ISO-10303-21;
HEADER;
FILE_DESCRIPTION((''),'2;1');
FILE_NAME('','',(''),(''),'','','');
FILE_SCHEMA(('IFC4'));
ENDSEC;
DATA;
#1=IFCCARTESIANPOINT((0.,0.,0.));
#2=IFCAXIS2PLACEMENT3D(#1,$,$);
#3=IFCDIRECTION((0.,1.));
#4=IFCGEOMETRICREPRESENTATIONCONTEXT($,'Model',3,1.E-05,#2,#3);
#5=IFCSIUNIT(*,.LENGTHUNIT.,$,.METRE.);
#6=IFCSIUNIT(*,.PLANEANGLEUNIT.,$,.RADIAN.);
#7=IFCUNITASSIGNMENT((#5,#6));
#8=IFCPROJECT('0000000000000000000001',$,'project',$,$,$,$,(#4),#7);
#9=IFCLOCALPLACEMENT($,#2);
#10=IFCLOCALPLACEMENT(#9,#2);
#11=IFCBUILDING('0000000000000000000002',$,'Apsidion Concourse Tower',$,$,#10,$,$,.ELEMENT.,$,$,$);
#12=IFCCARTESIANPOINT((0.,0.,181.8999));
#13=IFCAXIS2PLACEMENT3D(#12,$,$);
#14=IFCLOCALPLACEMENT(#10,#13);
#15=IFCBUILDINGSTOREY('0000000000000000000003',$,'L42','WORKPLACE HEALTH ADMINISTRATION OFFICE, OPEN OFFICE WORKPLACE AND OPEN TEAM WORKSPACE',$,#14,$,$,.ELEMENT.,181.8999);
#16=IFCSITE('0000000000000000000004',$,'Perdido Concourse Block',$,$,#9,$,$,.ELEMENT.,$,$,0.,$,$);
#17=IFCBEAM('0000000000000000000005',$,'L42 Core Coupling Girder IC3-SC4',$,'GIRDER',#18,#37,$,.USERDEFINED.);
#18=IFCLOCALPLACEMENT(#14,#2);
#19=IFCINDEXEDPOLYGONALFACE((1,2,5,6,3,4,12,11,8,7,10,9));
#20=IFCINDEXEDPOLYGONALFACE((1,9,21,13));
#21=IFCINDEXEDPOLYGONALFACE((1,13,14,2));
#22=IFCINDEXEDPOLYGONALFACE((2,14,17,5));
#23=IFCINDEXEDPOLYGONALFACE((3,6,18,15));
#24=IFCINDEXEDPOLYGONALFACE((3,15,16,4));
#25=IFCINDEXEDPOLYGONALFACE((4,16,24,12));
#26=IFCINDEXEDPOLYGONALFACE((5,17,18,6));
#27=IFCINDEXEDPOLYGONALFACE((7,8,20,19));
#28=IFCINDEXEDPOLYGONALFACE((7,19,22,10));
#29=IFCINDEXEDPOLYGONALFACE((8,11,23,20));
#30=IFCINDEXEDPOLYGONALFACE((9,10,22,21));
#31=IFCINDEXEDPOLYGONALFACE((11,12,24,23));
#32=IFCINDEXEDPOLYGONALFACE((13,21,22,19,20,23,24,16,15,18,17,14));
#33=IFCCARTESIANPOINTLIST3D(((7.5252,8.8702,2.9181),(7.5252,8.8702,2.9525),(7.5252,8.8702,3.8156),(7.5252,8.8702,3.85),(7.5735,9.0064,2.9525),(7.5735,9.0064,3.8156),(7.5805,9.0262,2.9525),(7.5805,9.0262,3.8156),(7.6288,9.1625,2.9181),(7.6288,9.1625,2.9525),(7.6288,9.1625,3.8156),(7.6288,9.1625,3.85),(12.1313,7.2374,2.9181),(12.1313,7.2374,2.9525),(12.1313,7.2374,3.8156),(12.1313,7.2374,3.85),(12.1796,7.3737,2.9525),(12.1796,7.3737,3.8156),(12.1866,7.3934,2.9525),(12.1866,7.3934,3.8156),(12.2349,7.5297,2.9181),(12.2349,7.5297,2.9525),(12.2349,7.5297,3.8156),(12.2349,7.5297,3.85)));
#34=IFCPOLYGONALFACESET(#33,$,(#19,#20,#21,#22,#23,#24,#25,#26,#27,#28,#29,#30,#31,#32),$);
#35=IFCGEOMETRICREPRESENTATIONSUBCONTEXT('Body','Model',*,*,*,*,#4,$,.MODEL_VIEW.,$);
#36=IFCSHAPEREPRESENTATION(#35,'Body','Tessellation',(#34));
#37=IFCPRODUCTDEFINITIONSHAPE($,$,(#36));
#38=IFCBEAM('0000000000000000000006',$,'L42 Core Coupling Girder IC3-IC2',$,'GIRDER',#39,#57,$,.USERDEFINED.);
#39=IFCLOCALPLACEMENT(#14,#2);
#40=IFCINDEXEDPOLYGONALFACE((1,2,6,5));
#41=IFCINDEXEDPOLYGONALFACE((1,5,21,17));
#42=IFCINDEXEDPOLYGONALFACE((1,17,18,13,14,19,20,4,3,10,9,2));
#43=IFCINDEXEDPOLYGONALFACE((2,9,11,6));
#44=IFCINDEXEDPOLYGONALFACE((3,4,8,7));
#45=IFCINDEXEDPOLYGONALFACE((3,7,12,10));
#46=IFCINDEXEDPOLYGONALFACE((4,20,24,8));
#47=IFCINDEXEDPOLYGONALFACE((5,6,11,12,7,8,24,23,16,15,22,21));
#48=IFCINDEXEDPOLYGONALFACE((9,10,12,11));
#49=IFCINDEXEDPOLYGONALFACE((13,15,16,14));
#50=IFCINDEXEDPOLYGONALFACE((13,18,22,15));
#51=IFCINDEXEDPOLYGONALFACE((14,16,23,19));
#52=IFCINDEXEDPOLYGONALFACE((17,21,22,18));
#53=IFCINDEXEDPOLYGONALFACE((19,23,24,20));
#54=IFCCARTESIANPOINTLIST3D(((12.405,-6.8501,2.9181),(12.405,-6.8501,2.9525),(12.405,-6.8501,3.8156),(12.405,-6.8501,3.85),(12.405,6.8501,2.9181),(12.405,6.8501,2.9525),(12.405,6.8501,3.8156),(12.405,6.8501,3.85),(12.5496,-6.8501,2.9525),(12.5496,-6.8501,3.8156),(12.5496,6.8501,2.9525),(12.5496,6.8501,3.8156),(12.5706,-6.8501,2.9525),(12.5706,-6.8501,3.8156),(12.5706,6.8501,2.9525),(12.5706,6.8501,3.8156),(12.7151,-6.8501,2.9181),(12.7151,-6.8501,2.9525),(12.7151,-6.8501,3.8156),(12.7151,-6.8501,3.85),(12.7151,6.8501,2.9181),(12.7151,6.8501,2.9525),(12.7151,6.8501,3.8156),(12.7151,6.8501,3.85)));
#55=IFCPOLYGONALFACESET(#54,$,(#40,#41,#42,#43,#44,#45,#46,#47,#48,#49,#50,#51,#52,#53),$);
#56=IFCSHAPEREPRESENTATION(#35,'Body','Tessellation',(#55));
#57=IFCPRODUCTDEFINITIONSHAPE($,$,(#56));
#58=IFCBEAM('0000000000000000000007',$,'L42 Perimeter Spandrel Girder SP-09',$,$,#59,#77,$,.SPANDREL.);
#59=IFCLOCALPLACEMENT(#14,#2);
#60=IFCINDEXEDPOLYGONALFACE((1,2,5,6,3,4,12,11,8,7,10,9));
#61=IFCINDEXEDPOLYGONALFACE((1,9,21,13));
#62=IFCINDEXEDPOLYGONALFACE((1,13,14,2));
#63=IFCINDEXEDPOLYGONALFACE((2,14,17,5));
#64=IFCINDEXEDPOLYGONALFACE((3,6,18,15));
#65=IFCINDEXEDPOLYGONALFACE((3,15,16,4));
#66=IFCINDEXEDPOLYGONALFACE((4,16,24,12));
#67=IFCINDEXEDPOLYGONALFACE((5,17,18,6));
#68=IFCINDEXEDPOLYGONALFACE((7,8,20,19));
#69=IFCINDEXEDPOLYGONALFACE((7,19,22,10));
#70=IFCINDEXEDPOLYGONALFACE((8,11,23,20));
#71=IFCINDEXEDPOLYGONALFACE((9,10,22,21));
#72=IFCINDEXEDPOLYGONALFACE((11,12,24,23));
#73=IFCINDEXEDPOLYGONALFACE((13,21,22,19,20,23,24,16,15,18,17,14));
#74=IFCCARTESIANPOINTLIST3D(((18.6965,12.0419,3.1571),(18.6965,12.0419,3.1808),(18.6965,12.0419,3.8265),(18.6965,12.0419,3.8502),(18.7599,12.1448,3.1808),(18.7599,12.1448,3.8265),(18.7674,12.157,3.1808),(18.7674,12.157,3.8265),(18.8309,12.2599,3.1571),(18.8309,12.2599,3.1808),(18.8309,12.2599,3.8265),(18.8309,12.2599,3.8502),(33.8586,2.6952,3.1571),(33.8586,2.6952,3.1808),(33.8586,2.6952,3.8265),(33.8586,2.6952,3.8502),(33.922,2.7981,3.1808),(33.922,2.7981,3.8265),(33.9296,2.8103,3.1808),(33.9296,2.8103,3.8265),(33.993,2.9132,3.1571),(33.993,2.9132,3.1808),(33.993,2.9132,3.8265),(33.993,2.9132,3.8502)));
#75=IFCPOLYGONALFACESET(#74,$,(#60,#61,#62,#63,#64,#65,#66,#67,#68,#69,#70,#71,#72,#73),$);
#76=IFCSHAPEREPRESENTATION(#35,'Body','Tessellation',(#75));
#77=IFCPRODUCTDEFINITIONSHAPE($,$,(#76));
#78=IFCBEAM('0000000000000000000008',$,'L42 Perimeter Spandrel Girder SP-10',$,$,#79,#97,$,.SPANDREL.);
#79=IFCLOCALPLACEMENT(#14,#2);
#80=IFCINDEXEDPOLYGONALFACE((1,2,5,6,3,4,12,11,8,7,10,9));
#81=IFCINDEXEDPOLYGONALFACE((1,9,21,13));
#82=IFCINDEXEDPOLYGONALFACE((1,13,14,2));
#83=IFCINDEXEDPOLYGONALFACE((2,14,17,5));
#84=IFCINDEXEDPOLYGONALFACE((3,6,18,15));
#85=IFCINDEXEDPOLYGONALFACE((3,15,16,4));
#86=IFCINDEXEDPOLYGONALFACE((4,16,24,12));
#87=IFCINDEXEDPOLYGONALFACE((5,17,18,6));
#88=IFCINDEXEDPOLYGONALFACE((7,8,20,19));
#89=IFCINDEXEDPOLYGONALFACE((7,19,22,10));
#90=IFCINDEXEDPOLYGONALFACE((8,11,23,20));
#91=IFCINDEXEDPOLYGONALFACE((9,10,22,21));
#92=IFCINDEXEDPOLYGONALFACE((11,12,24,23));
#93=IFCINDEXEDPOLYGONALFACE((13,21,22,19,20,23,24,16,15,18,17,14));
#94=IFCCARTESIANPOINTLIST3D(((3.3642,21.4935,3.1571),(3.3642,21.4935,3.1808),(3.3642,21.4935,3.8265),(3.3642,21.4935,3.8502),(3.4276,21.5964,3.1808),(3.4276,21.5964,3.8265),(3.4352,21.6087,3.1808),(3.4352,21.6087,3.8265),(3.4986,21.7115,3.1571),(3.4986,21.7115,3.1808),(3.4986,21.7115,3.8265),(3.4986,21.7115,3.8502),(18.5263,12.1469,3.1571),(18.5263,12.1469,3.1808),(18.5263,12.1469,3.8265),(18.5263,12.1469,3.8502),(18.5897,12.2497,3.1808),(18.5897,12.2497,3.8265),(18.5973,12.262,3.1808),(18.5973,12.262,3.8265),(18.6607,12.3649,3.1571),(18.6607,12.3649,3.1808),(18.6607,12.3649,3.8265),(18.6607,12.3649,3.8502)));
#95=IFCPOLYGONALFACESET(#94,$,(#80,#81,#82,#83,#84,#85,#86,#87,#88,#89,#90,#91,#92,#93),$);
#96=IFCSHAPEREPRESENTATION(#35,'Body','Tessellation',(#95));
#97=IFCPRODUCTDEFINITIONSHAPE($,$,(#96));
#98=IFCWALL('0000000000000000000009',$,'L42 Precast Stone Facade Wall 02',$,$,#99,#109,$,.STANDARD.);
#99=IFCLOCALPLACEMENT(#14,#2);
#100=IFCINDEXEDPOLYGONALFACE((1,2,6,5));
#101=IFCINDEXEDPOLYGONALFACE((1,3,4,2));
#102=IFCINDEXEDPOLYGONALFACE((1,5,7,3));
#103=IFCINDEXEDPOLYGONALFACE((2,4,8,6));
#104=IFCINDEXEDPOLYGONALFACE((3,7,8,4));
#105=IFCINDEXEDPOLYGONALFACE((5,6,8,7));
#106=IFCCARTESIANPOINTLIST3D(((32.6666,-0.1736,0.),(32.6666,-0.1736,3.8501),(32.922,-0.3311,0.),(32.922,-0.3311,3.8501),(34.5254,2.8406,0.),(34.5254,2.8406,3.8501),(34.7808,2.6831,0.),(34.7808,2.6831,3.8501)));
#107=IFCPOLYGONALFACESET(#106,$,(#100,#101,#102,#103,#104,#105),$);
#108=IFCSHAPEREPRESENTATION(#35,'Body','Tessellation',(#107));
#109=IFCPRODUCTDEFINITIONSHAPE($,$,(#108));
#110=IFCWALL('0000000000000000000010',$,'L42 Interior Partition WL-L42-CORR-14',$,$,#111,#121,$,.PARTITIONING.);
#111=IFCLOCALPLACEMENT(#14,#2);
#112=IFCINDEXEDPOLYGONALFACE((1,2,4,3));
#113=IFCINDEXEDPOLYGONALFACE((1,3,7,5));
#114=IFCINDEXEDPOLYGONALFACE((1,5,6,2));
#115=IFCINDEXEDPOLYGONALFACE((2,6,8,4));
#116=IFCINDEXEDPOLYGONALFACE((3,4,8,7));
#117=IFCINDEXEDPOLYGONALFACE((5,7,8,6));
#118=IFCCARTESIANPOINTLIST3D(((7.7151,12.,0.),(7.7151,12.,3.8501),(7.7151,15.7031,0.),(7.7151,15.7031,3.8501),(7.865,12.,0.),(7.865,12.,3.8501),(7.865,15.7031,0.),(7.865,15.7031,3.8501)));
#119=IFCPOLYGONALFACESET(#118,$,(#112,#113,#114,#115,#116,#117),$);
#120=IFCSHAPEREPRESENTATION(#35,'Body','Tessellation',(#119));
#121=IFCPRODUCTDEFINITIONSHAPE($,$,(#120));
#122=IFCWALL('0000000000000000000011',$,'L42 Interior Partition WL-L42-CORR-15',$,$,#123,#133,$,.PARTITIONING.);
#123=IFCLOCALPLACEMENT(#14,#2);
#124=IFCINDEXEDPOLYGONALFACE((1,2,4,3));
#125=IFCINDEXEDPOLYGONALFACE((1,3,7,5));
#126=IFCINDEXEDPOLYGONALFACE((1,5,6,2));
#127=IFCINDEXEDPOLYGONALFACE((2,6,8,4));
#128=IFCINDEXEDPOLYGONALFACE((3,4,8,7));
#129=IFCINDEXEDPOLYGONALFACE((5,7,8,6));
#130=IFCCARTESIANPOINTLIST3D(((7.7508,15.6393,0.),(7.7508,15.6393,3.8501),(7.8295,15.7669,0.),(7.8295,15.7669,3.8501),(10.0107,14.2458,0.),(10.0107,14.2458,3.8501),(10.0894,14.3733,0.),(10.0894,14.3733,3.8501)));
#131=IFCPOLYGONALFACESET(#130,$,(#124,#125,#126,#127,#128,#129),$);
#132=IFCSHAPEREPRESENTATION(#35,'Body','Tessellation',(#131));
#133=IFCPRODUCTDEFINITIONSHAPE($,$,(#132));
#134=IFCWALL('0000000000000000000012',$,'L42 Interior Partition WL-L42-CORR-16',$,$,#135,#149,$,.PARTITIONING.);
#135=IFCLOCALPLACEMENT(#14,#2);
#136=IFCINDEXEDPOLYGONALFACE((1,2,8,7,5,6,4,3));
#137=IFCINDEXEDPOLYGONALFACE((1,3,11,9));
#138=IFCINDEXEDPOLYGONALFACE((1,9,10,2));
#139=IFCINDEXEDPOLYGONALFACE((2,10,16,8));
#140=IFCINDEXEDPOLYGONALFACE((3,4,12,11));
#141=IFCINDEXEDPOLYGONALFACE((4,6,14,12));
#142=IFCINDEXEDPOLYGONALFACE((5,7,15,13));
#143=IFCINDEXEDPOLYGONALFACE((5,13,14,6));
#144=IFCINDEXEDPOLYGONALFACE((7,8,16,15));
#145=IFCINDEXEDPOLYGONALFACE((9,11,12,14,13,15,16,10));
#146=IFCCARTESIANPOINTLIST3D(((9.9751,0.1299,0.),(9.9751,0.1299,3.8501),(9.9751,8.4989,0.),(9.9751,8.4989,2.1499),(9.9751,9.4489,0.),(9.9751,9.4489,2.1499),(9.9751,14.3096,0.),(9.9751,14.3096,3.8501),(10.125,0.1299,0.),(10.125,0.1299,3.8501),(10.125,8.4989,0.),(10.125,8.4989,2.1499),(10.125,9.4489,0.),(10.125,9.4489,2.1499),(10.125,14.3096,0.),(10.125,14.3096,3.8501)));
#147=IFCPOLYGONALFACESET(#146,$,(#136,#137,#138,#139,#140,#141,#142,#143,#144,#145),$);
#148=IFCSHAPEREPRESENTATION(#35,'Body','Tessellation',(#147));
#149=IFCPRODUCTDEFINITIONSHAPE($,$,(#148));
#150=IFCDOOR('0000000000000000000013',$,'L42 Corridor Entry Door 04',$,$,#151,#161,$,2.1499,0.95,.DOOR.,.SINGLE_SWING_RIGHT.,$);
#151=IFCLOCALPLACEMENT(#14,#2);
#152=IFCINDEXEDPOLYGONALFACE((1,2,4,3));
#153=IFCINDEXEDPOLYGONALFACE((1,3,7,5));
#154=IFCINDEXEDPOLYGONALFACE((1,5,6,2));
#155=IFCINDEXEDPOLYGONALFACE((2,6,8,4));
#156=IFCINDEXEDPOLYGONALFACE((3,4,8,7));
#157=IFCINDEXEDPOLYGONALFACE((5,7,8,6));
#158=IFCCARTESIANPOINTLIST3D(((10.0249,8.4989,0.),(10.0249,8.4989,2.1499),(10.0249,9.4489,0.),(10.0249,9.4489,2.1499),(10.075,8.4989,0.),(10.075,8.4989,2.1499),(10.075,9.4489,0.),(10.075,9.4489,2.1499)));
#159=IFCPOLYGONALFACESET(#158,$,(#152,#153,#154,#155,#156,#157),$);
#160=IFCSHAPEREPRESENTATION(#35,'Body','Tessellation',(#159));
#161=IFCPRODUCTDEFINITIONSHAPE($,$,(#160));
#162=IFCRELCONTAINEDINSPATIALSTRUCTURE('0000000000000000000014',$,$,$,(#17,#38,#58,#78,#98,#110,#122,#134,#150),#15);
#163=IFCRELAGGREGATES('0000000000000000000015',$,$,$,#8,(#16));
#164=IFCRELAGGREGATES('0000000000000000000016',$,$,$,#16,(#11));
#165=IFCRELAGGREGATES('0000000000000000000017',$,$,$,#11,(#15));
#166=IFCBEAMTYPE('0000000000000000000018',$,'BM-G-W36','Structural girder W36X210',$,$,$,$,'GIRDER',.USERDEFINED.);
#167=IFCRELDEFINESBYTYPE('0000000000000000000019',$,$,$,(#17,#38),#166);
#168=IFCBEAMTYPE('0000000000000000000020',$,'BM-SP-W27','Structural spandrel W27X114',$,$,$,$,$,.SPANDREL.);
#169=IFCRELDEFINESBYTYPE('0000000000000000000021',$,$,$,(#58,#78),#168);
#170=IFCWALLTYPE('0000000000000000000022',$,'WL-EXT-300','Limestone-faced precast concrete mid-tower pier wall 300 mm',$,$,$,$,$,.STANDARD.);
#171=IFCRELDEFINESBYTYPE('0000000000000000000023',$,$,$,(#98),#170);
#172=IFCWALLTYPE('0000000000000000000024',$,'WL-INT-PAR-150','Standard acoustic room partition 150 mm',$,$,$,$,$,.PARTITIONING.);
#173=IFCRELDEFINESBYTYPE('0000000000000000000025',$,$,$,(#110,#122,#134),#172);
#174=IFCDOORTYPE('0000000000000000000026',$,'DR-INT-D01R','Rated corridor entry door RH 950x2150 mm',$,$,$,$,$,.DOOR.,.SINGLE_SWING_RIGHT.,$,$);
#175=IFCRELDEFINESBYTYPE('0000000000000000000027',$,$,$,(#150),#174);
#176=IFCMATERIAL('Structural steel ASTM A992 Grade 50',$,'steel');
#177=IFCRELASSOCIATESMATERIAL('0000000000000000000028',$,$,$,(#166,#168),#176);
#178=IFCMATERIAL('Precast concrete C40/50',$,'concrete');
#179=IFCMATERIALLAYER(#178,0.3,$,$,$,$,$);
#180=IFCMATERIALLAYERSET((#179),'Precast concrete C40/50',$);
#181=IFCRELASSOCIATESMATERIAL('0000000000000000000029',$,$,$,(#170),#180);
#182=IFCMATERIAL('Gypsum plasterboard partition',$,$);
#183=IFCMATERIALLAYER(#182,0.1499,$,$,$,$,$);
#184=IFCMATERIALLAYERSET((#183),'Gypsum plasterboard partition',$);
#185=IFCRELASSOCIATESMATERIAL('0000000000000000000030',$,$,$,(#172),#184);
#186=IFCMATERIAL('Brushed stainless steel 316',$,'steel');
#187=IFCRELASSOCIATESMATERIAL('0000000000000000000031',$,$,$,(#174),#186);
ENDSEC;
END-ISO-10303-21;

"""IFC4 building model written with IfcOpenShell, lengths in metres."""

from ifc_helpers import new_model, si_unit, direction, frame, frame_2d, origin, origin_2d, place, context, subcontext, project, spatial, rectangle, i_section, extrude, material, layer, layer_set, material_profile, profile_set, type_object, element, fill, save


model = new_model("IFC4")

# Units and contexts
model_context = context("Model", 3, precision=1e-05, world=origin(), true_north=direction((0.0, 1.0)))
body_context = subcontext(model_context, "Body", "Model", "MODEL_VIEW")
ifc_project = project(units=[si_unit("LENGTHUNIT", "METRE"), si_unit("PLANEANGLEUNIT", "RADIAN")], contexts=[model_context])

# Site, building, storey
site_placement = place(None, origin())
site = spatial("IfcSite", under=ifc_project, at=site_placement, Name="Perdido Concourse Block", CompositionType="ELEMENT", RefElevation=0.0)
building_placement = place(site_placement, origin())
building = spatial("IfcBuilding", under=site, at=building_placement, Name="Apsidion Concourse Tower", CompositionType="ELEMENT")
storey_placement = place(building_placement, frame((0.0, 0.0, 181.8999)))
storey = spatial("IfcBuildingStorey", under=building, at=storey_placement, Name="L42", Description="WORKPLACE HEALTH ADMINISTRATION OFFICE, OPEN OFFICE WORKPLACE AND OPEN TEAM WORKSPACE", CompositionType="ELEMENT", Elevation=181.8999)

# Shared definitions
ifc_material_1 = material(Name="Structural steel ASTM A992 Grade 50", Category="steel")

# Beams
ifc_material_profile_1 = material_profile(ifc_material_1, i_section(OverallWidth=0.3101, OverallDepth=0.9319, WebThickness=0.021, FlangeThickness=0.0344, at=origin_2d()), Name="W36X210")
ifc_profile_set_1 = profile_set([ifc_material_profile_1], Name="Structural steel ASTM A992 Grade 50")
beam_type_1 = type_object("IfcBeamType", Name="BM-G-W36", Description="Structural girder W36X210", ElementType="GIRDER", PredefinedType="USERDEFINED", material=ifc_profile_set_1)
beam_1_placement = place(storey_placement, frame((12.1831, 7.3835, 3.384), z_axis=(-0.942534, 0.334111, 0.0), x_axis=(-0.334111, -0.942534, 0.0)))
element("IfcBeam", 1, at=beam_1_placement, inside=storey, type_object=beam_type_1, Name="L42 Core Coupling Girder IC3-SC4", ObjectType="GIRDER", PredefinedType="USERDEFINED", context=body_context, shape_type="SweptSolid", body=[
    extrude(i_section(OverallWidth=0.3101, OverallDepth=0.9319, WebThickness=0.021, FlangeThickness=0.0344, at=origin_2d()), origin(), (0.0, 0.0, 1.0), 4.887),
])
beam_2_placement = place(storey_placement, frame((12.5601, 6.8501, 3.384), z_axis=(0.0, -1.0, 0.0), x_axis=(1.0, 0.0, 0.0)))
element("IfcBeam", 2, at=beam_2_placement, inside=storey, type_object=beam_type_1, Name="L42 Core Coupling Girder IC3-IC2", ObjectType="GIRDER", PredefinedType="USERDEFINED", context=body_context, shape_type="SweptSolid", body=[
    extrude(i_section(OverallWidth=0.3101, OverallDepth=0.9319, WebThickness=0.021, FlangeThickness=0.0344, at=origin_2d()), origin(), (0.0, 0.0, 1.0), 13.7002),
])
ifc_material_profile_2 = material_profile(ifc_material_1, i_section(OverallWidth=0.2561, OverallDepth=0.6931, WebThickness=0.0144, FlangeThickness=0.0237, at=origin_2d()), Name="W27X114")
ifc_profile_set_2 = profile_set([ifc_material_profile_2], Name="Structural steel ASTM A992 Grade 50")
beam_type_2 = type_object("IfcBeamType", Name="BM-SP-W27", Description="Structural spandrel W27X114", PredefinedType="SPANDREL", material=ifc_profile_set_2)
for number, where, z_axis, x_axis, name in (
    (3, (33.9258, 2.8042, 3.5037), (-0.851253, 0.524755, 0.0), (-0.524755, -0.851253, 0.0), "L42 Perimeter Spandrel Girder SP-09"),
    (4, (18.5935, 12.2559, 3.5037), (-0.851253, 0.524755, 0.0), (-0.524755, -0.851253, 0.0), "L42 Perimeter Spandrel Girder SP-10"),
):
    element("IfcBeam", number, at=place(storey_placement, frame(where, z_axis=z_axis, x_axis=x_axis)), inside=storey, type_object=beam_type_2, Name=name, PredefinedType="SPANDREL", context=body_context, shape_type="SweptSolid", body=[
        extrude(i_section(OverallWidth=0.2561, OverallDepth=0.6931, WebThickness=0.0144, FlangeThickness=0.0237, at=origin_2d()), origin(), (0.0, 0.0, 1.0), 17.8115),
    ])

# Walls
ifc_material_2 = material(Name="Precast concrete C40/50", Category="concrete")
ifc_layer_1 = layer(ifc_material_2, 0.3)
ifc_layer_set_1 = layer_set([ifc_layer_1], Name="Precast concrete C40/50")
wall_type_1 = type_object("IfcWallType", Name="WL-EXT-300", Description="Limestone-faced precast concrete mid-tower pier wall 300 mm", PredefinedType="STANDARD", material=ifc_layer_set_1)
wall_1_placement = place(storey_placement, frame((34.6531, 2.7617, 0.0), z_axis=(0.0, 0.0, 1.0), x_axis=(-0.52492, -0.851151, 0.0)))
element("IfcWall", 5, at=wall_1_placement, inside=storey, type_object=wall_type_1, Name="L42 Precast Stone Facade Wall 02", PredefinedType="STANDARD", context=body_context, shape_type="SweptSolid", body=[
    extrude(rectangle(XDim=3.5413, YDim=0.3, at=frame_2d((1.7705, 0.0))), origin(), (0.0, 0.0, 1.0), 3.8501),
])
ifc_material_3 = material(Name="Gypsum plasterboard partition")
ifc_layer_2 = layer(ifc_material_3, 0.1499)
ifc_layer_set_2 = layer_set([ifc_layer_2], Name="Gypsum plasterboard partition")
wall_type_2 = type_object("IfcWallType", Name="WL-INT-PAR-150", Description="Standard acoustic room partition 150 mm", PredefinedType="PARTITIONING", material=ifc_layer_set_2)
wall_2_placement = place(storey_placement, frame((7.79, 12.0, 0.0), z_axis=(0.0, 0.0, 1.0), x_axis=(0.0, 1.0, 0.0)))
element("IfcWall", 6, at=wall_2_placement, inside=storey, type_object=wall_type_2, Name="L42 Interior Partition WL-L42-CORR-14", PredefinedType="PARTITIONING", context=body_context, shape_type="SweptSolid", body=[
    extrude(rectangle(XDim=3.7031, YDim=0.1499, at=frame_2d((1.8516, 0.0))), origin(), (0.0, 0.0, 1.0), 3.8501),
])
wall_3_placement = place(storey_placement, frame((7.79, 15.7031, 0.0), z_axis=(0.0, 0.0, 1.0), x_axis=(0.851191, -0.524857, 0.0)))
element("IfcWall", 7, at=wall_3_placement, inside=storey, type_object=wall_type_2, Name="L42 Interior Partition WL-L42-CORR-15", PredefinedType="PARTITIONING", context=body_context, shape_type="SweptSolid", body=[
    extrude(rectangle(XDim=2.655, YDim=0.1499, at=frame_2d((1.3276, 0.0))), origin(), (0.0, 0.0, 1.0), 3.8501),
])

# Wall, opening, door
wall_4_placement = place(storey_placement, frame((10.05, 14.3096, 0.0), z_axis=(0.0, 0.0, 1.0), x_axis=(0.0, -1.0, 0.0)))
wall_4 = element("IfcWall", 8, at=wall_4_placement, inside=storey, type_object=wall_type_2, Name="L42 Interior Partition WL-L42-CORR-16", PredefinedType="PARTITIONING", context=body_context, shape_type="SweptSolid", body=[
    extrude(rectangle(XDim=14.1797, YDim=0.1499, at=frame_2d((7.0898, 0.0))), origin(), (0.0, 0.0, 1.0), 3.8501),
])
opening_1_placement = place(wall_4_placement, frame((4.8606, 0.0, 0.0)))
opening_1 = element("IfcOpeningElement", 9, at=opening_1_placement, cuts=wall_4, PredefinedType="OPENING", context=body_context, shape_type="SweptSolid", body=[
    extrude(rectangle(XDim=0.95, YDim=2.1499, at=frame_2d((0.4751, 1.075))), frame((0.0, 0.085, 0.0), z_axis=(0.0, -1.0, 0.0), x_axis=(1.0, 0.0, 0.0)), (0.0, 0.0, 1.0), 0.1699),
])
ifc_material_4 = material(Name="Brushed stainless steel 316", Category="steel")
door_type_1 = type_object("IfcDoorType", Name="DR-INT-D01R", Description="Rated corridor entry door RH 950x2150 mm", OperationType="SINGLE_SWING_RIGHT", PredefinedType="DOOR", material=ifc_material_4)
door_1_placement = place(opening_1_placement, origin())
door_1 = element("IfcDoor", 10, at=door_1_placement, inside=storey, type_object=door_type_1, Name="L42 Corridor Entry Door 04", OperationType="SINGLE_SWING_RIGHT", OverallHeight=2.1499, OverallWidth=0.95, PredefinedType="DOOR", context=body_context, shape_type="SweptSolid", body=[
    extrude(rectangle(XDim=0.95, YDim=2.1499, at=frame_2d((0.4751, 1.075))), frame((0.0, 0.0249, 0.0), z_axis=(0.0, -1.0, 0.0), x_axis=(1.0, 0.0, 0.0)), (0.0, 0.0, 1.0), 0.05),
])
fill(opening_1, door_1)

save(model, "model.ifc")
